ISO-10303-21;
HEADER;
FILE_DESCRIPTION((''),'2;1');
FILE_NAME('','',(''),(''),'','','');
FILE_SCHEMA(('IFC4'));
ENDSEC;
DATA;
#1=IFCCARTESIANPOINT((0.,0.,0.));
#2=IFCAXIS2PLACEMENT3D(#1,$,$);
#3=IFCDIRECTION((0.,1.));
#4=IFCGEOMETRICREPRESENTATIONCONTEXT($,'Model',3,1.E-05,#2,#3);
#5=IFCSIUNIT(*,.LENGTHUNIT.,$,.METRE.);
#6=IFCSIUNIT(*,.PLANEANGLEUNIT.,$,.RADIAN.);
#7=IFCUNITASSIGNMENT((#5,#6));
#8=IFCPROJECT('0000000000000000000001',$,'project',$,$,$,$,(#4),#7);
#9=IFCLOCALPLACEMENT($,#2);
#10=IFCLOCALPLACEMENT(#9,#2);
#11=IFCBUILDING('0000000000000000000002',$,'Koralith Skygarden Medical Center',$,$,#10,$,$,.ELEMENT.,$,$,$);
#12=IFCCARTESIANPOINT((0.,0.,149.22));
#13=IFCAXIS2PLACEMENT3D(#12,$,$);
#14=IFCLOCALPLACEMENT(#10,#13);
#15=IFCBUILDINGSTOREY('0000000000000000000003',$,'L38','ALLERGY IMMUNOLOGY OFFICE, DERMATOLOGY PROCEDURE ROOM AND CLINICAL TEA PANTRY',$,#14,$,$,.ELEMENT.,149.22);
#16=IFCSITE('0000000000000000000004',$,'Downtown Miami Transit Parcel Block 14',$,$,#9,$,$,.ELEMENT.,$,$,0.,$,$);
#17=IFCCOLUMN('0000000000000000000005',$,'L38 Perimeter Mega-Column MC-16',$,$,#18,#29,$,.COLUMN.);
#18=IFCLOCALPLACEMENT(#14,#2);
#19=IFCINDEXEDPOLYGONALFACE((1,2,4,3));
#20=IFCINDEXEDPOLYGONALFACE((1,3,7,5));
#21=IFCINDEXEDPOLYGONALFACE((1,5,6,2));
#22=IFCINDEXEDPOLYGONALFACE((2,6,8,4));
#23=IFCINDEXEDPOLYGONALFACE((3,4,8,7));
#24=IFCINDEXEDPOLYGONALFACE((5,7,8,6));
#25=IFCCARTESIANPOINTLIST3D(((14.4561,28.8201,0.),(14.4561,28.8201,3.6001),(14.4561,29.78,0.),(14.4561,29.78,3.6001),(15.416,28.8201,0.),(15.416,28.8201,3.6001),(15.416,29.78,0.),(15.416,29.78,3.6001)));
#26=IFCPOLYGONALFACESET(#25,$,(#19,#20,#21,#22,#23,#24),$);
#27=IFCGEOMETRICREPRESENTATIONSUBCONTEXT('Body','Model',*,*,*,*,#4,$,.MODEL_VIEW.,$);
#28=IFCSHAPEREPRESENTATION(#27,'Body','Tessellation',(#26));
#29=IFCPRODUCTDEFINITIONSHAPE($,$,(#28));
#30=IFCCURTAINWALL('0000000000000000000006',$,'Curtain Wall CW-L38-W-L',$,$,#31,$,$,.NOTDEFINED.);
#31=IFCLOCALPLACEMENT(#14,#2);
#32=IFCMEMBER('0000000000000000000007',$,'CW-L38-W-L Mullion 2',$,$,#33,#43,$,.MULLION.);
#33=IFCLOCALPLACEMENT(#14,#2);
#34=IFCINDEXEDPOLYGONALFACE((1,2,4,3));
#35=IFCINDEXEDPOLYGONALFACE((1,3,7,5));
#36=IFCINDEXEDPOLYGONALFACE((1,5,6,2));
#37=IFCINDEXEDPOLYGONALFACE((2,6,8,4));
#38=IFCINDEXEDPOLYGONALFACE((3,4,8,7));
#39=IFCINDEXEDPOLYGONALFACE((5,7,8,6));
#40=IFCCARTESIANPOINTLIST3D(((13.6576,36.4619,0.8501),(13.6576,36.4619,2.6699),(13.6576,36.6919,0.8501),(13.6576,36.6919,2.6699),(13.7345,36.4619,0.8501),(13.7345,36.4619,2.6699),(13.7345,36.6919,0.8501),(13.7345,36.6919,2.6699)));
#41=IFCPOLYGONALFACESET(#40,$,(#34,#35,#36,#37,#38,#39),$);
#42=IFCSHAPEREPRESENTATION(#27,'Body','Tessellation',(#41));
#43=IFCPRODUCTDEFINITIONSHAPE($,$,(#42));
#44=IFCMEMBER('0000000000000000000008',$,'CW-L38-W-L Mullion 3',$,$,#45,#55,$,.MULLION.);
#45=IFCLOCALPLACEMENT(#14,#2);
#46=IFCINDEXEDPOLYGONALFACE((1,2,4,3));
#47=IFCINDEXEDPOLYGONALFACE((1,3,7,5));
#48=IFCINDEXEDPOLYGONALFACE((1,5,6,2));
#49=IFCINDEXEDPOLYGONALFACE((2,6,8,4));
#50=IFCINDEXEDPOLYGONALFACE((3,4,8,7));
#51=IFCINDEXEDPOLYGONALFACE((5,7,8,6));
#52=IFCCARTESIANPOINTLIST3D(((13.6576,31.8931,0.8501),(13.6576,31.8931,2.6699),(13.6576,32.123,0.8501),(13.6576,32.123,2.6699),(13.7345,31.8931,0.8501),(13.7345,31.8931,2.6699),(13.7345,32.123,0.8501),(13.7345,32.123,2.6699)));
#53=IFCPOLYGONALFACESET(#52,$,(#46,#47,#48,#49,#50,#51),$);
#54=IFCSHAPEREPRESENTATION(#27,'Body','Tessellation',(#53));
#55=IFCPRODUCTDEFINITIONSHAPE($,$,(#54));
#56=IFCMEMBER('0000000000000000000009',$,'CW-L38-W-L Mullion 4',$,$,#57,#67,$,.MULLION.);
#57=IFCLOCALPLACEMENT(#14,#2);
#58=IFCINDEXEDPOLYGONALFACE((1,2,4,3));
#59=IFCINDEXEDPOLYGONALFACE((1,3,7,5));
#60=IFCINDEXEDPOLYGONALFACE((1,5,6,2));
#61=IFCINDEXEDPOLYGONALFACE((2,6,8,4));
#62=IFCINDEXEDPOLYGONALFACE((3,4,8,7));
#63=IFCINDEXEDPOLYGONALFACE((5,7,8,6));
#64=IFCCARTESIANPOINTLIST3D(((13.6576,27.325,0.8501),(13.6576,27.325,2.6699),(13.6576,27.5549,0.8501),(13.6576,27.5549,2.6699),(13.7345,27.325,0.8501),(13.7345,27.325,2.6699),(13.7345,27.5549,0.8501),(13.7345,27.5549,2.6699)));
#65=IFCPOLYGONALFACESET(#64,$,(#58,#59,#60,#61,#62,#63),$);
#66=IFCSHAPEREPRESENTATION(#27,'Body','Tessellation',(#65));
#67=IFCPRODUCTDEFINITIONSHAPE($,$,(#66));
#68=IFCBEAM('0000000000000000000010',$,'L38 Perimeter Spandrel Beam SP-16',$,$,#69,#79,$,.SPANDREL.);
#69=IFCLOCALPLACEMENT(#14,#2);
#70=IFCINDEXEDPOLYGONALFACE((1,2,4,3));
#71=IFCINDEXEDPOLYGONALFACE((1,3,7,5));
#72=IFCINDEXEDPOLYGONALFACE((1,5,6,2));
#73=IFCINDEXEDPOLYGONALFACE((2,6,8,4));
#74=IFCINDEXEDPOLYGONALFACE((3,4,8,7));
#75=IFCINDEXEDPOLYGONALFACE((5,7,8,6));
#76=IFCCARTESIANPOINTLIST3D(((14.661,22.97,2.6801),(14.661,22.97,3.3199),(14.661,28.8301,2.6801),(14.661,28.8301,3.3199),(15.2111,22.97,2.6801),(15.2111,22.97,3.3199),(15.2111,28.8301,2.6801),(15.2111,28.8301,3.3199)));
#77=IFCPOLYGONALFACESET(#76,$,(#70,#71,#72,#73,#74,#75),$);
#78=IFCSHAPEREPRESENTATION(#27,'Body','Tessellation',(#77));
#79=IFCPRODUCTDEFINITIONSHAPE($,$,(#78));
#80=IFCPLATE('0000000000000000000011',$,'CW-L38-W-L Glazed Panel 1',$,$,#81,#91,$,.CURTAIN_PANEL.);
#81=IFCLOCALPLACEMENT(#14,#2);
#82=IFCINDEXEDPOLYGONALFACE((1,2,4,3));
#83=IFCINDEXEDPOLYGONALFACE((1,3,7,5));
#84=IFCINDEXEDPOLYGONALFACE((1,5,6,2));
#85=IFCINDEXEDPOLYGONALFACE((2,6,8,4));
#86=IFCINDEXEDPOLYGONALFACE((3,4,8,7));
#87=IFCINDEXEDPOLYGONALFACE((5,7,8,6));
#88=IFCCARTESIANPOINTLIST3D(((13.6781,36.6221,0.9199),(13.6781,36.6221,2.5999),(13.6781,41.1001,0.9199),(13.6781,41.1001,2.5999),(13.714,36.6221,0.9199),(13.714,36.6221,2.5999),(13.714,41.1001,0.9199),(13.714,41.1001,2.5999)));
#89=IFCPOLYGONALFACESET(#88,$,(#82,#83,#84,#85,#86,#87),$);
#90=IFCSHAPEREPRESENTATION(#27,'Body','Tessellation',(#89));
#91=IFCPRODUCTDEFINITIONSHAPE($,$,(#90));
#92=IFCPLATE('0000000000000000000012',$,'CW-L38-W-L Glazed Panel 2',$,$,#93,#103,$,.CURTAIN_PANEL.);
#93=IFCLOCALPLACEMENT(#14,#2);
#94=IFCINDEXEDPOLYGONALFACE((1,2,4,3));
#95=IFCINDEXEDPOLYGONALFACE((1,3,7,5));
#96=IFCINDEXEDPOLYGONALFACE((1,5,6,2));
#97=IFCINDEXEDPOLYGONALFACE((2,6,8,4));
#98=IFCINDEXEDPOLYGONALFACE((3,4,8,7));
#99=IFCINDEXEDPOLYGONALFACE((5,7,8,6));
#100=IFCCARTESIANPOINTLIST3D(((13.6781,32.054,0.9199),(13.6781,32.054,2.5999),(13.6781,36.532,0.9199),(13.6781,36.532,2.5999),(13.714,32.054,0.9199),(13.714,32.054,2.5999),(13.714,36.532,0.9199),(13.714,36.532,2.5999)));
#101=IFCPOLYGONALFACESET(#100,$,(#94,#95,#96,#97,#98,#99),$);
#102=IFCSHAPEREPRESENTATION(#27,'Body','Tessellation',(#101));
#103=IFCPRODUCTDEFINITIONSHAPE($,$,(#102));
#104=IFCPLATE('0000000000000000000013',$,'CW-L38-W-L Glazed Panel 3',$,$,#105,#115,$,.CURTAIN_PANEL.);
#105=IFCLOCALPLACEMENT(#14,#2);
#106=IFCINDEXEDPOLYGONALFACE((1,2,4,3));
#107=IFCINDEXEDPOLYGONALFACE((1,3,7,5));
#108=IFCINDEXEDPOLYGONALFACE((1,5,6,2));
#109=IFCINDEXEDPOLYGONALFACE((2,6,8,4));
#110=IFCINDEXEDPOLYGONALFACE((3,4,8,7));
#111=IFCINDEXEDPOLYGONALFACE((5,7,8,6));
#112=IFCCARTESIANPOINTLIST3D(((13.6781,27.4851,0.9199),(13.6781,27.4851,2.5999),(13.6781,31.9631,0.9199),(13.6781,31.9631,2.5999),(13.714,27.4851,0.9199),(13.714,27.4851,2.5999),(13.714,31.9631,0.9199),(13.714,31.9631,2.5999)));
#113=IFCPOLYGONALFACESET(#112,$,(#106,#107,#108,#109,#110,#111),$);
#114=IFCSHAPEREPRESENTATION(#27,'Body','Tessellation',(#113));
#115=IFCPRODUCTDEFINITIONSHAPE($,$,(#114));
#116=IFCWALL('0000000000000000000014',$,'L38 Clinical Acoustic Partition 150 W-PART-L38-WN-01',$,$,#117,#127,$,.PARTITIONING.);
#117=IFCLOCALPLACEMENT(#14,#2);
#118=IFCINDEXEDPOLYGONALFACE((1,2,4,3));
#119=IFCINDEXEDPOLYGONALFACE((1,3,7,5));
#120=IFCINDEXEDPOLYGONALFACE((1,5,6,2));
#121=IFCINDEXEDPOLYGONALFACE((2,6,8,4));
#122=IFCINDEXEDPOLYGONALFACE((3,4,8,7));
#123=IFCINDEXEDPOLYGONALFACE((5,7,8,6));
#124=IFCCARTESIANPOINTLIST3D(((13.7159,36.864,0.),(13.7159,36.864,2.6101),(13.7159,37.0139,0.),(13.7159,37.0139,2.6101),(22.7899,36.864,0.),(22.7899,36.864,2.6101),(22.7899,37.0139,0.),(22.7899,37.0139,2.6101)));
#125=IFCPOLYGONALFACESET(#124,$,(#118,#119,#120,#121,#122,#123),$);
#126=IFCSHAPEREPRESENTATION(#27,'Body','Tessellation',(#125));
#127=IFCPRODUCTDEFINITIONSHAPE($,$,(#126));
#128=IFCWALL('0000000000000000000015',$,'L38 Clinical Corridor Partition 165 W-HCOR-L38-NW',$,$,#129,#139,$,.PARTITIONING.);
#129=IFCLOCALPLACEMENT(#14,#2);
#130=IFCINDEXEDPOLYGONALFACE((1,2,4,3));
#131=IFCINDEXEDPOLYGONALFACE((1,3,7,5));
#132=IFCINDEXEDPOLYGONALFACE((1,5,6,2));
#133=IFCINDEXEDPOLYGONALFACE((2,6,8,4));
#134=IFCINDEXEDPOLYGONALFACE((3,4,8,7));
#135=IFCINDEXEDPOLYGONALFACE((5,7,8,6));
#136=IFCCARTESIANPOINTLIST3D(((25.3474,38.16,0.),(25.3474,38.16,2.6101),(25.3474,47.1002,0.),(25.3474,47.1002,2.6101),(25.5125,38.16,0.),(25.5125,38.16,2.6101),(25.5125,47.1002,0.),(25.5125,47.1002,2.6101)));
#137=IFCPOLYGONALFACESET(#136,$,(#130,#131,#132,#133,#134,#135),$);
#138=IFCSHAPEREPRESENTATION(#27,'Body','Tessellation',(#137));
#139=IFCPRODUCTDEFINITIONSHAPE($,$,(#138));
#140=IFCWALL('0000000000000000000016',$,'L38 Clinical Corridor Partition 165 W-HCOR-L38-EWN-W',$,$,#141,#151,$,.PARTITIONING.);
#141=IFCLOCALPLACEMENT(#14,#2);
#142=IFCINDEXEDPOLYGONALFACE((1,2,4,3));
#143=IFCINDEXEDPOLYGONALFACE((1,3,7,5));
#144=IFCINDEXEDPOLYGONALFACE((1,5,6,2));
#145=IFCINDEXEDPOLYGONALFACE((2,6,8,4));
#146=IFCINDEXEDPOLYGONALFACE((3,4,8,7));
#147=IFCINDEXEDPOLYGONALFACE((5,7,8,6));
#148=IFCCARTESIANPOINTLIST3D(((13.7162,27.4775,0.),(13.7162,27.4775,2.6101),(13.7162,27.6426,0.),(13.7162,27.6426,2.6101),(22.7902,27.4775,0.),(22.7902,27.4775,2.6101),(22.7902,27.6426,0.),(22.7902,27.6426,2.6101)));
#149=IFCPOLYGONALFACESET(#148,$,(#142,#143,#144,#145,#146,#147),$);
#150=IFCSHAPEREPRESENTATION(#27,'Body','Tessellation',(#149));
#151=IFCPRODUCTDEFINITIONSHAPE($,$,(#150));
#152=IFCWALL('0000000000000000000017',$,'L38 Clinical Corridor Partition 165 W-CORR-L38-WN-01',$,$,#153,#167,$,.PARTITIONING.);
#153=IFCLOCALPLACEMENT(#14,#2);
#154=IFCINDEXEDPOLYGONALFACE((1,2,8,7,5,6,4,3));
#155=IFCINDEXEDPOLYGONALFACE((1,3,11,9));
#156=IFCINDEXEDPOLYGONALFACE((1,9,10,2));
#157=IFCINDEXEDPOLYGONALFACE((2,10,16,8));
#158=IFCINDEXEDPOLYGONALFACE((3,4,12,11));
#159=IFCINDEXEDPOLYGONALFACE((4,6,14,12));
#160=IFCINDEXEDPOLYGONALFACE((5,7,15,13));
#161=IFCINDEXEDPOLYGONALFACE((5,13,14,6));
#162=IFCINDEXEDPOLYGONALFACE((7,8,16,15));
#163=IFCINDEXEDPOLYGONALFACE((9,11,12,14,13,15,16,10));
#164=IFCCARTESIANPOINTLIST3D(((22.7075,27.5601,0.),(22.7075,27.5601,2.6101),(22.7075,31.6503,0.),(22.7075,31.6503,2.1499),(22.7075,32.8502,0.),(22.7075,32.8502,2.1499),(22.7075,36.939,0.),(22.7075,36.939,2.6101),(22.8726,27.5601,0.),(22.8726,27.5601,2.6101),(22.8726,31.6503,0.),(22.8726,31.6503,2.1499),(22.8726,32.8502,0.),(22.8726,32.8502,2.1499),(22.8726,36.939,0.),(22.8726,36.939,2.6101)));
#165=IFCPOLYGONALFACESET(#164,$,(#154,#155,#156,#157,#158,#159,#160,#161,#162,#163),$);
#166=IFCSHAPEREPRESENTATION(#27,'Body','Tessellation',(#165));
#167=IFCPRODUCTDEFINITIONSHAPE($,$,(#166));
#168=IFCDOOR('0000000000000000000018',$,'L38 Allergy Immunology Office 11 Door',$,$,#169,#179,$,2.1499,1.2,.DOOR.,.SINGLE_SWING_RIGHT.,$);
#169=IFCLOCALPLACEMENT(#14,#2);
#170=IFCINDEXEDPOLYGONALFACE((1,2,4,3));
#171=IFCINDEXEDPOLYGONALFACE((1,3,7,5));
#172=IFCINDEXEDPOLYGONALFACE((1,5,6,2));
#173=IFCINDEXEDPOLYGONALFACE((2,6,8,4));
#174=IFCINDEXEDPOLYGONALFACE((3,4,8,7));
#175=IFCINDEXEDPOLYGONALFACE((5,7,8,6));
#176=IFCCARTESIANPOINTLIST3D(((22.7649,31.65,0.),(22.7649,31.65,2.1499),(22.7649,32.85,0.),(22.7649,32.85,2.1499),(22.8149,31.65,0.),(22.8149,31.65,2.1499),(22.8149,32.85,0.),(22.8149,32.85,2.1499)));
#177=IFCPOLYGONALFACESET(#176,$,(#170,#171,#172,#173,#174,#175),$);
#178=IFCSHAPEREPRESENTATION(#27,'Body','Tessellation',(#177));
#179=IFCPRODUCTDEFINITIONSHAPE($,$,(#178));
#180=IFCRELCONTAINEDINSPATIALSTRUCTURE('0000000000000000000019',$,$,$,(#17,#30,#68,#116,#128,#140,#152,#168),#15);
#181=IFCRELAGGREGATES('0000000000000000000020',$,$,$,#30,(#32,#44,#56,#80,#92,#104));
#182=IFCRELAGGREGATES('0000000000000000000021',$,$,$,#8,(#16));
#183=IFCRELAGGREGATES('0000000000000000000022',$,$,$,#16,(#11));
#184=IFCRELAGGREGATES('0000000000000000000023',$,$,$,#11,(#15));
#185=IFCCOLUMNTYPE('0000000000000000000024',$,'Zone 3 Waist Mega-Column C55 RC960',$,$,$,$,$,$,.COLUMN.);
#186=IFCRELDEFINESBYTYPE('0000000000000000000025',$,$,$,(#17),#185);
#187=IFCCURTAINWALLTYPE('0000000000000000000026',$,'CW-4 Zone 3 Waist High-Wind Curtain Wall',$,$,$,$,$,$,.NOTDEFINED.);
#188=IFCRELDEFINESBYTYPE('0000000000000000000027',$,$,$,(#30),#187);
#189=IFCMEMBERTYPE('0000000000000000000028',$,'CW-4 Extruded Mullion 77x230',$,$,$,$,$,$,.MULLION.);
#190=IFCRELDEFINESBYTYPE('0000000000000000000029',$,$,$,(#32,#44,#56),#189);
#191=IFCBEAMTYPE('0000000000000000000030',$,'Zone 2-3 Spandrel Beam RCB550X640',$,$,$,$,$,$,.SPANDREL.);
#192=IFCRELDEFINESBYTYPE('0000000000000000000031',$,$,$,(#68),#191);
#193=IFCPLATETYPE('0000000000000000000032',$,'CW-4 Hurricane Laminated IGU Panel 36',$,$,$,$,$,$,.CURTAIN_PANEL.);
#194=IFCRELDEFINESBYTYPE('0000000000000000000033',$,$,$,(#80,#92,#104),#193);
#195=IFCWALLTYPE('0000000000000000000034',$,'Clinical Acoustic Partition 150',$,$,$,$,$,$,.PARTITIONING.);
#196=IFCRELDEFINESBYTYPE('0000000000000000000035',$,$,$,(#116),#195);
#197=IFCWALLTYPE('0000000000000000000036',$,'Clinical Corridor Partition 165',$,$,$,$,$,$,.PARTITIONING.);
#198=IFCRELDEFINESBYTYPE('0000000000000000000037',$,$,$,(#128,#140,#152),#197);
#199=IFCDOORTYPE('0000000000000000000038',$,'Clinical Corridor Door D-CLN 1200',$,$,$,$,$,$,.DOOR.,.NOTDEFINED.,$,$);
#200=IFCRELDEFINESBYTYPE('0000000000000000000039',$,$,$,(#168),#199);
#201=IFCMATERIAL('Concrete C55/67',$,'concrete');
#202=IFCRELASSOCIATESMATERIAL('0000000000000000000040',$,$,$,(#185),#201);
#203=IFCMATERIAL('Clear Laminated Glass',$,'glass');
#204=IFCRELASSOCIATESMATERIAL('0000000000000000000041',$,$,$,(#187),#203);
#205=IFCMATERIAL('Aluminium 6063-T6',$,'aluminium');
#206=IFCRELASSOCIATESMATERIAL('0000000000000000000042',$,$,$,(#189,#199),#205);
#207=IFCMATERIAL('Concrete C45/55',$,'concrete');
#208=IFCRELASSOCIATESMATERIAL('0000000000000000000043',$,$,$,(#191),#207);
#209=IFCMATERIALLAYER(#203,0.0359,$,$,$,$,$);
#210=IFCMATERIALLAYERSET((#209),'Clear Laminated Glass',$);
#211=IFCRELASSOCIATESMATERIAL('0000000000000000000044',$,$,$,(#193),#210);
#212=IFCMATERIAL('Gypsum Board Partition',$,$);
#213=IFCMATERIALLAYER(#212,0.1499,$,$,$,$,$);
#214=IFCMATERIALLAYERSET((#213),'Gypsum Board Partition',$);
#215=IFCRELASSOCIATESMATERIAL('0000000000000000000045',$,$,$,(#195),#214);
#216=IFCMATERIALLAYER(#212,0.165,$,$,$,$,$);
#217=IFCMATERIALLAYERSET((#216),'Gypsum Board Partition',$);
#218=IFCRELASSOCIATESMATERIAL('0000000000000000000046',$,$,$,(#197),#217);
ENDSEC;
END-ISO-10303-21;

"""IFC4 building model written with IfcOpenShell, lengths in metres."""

from ifc_helpers import new_model, si_unit, direction, frame, frame_2d, origin, origin_2d, place, context, subcontext, project, spatial, rectangle, extrude, material, layer, layer_set, material_profile, profile_set, type_object, element, fill, aggregate, save


model = new_model("IFC4")

# Units and contexts
model_context = context("Model", 3, precision=1e-05, world=origin(), true_north=direction((0.0, 1.0)))
body_context = subcontext(model_context, "Body", "Model", "MODEL_VIEW")
ifc_project = project(units=[si_unit("LENGTHUNIT", "METRE"), si_unit("PLANEANGLEUNIT", "RADIAN")], contexts=[model_context])

# Site, building, storey
site_placement = place(None, origin())
site = spatial("IfcSite", under=ifc_project, at=site_placement, Name="Downtown Miami Transit Parcel Block 14", CompositionType="ELEMENT", RefElevation=0.0)
building_placement = place(site_placement, origin())
building = spatial("IfcBuilding", under=site, at=building_placement, Name="Koralith Skygarden Medical Center", CompositionType="ELEMENT")
storey_placement = place(building_placement, frame((0.0, 0.0, 149.22)))
storey = spatial("IfcBuildingStorey", under=building, at=storey_placement, Name="L38", Description="ALLERGY IMMUNOLOGY OFFICE, DERMATOLOGY PROCEDURE ROOM AND CLINICAL TEA PANTRY", CompositionType="ELEMENT", Elevation=149.22)

# Column
ifc_material_1 = material(Name="Concrete C55/67", Category="concrete")
ifc_material_profile_1 = material_profile(ifc_material_1, rectangle(XDim=0.96, YDim=0.96, at=origin_2d()), Name="RC960X960")
ifc_profile_set_1 = profile_set([ifc_material_profile_1], Name="Concrete C55/67")
column_type = type_object("IfcColumnType", Name="Zone 3 Waist Mega-Column C55 RC960", PredefinedType="COLUMN", material=ifc_profile_set_1)
column_placement = place(storey_placement, frame((14.936, 29.3, 0.0), z_axis=(0.0, 0.0, 1.0), x_axis=(1.0, 0.0, 0.0)))
element("IfcColumn", 1, at=column_placement, inside=storey, type_object=column_type, Name="L38 Perimeter Mega-Column MC-16", PredefinedType="COLUMN", context=body_context, shape_type="SweptSolid", body=[
    extrude(rectangle(XDim=0.96, YDim=0.96, at=origin_2d()), origin(), (0.0, 0.0, 1.0), 3.6001),
])

# Curtain wall, members
ifc_material_2 = material(Name="Clear Laminated Glass", Category="glass")
curtain_wall_type = type_object("IfcCurtainWallType", Name="CW-4 Zone 3 Waist High-Wind Curtain Wall", PredefinedType="NOTDEFINED", material=ifc_material_2)
curtain_wall_placement = place(storey_placement, origin())
curtain_wall = element("IfcCurtainWall", 2, at=curtain_wall_placement, inside=storey, type_object=curtain_wall_type, Name="Curtain Wall CW-L38-W-L", PredefinedType="NOTDEFINED")
ifc_material_3 = material(Name="Aluminium 6063-T6", Category="aluminium")
ifc_material_profile_2 = material_profile(ifc_material_3, rectangle(XDim=0.0769, YDim=0.23, at=origin_2d()), Name="MUL77X230")
ifc_profile_set_2 = profile_set([ifc_material_profile_2], Name="Aluminium 6063-T6")
member_type = type_object("IfcMemberType", Name="CW-4 Extruded Mullion 77x230", PredefinedType="MULLION", material=ifc_profile_set_2)
member_1_placement = place(storey_placement, frame((13.696, 36.5769, 0.8501), z_axis=(0.0, 0.0, 1.0), x_axis=(1.0, 0.0, 0.0)))
member_1 = element("IfcMember", 3, at=member_1_placement, type_object=member_type, Name="CW-L38-W-L Mullion 2", PredefinedType="MULLION", context=body_context, shape_type="SweptSolid", body=[
    extrude(rectangle(XDim=0.0769, YDim=0.23, at=origin_2d()), origin(), (0.0, 0.0, 1.0), 1.8198),
])
member_2_placement = place(storey_placement, frame((13.696, 32.0081, 0.8501), z_axis=(0.0, 0.0, 1.0), x_axis=(1.0, 0.0, 0.0)))
member_2 = element("IfcMember", 4, at=member_2_placement, type_object=member_type, Name="CW-L38-W-L Mullion 3", PredefinedType="MULLION", context=body_context, shape_type="SweptSolid", body=[
    extrude(rectangle(XDim=0.0769, YDim=0.23, at=origin_2d()), origin(), (0.0, 0.0, 1.0), 1.8198),
])
member_3_placement = place(storey_placement, frame((13.696, 27.4399, 0.8501), z_axis=(0.0, 0.0, 1.0), x_axis=(1.0, 0.0, 0.0)))
member_3 = element("IfcMember", 5, at=member_3_placement, type_object=member_type, Name="CW-L38-W-L Mullion 4", PredefinedType="MULLION", context=body_context, shape_type="SweptSolid", body=[
    extrude(rectangle(XDim=0.0769, YDim=0.23, at=origin_2d()), origin(), (0.0, 0.0, 1.0), 1.8198),
])

# Beam
ifc_material_4 = material(Name="Concrete C45/55", Category="concrete")
ifc_material_profile_3 = material_profile(ifc_material_4, rectangle(XDim=0.55, YDim=0.6399, at=origin_2d()), Name="RCB550X640")
ifc_profile_set_3 = profile_set([ifc_material_profile_3], Name="Concrete C45/55")
beam_type = type_object("IfcBeamType", Name="Zone 2-3 Spandrel Beam RCB550X640", PredefinedType="SPANDREL", material=ifc_profile_set_3)
beam_placement = place(storey_placement, frame((14.936, 28.8301, 3.0), z_axis=(0.0, -1.0, 0.0), x_axis=(1.0, 0.0, 0.0)))
element("IfcBeam", 6, at=beam_placement, inside=storey, type_object=beam_type, Name="L38 Perimeter Spandrel Beam SP-16", PredefinedType="SPANDREL", context=body_context, shape_type="SweptSolid", body=[
    extrude(rectangle(XDim=0.55, YDim=0.6399, at=origin_2d()), origin(), (0.0, 0.0, 1.0), 5.8601),
])

# Plates
ifc_layer_1 = layer(ifc_material_2, 0.0359)
ifc_layer_set_1 = layer_set([ifc_layer_1], Name="Clear Laminated Glass")
plate_type = type_object("IfcPlateType", Name="CW-4 Hurricane Laminated IGU Panel 36", PredefinedType="CURTAIN_PANEL", material=ifc_layer_set_1)
plate_1_placement = place(storey_placement, frame((13.696, 38.8611, 0.9199), z_axis=(0.0, 0.0, 1.0), x_axis=(0.0, -1.0, 0.0)))
plate_1 = element("IfcPlate", 7, at=plate_1_placement, type_object=plate_type, Name="CW-L38-W-L Glazed Panel 1", PredefinedType="CURTAIN_PANEL", context=body_context, shape_type="SweptSolid", body=[
    extrude(rectangle(XDim=4.478, YDim=0.0359, at=origin_2d()), origin(), (0.0, 0.0, 1.0), 1.6799),
])
plate_2_placement = place(storey_placement, frame((13.696, 34.293, 0.9199), z_axis=(0.0, 0.0, 1.0), x_axis=(0.0, -1.0, 0.0)))
plate_2 = element("IfcPlate", 8, at=plate_2_placement, type_object=plate_type, Name="CW-L38-W-L Glazed Panel 2", PredefinedType="CURTAIN_PANEL", context=body_context, shape_type="SweptSolid", body=[
    extrude(rectangle(XDim=4.478, YDim=0.0359, at=origin_2d()), origin(), (0.0, 0.0, 1.0), 1.6799),
])
plate_3_placement = place(storey_placement, frame((13.696, 29.7241, 0.9199), z_axis=(0.0, 0.0, 1.0), x_axis=(0.0, -1.0, 0.0)))
plate_3 = element("IfcPlate", 9, at=plate_3_placement, type_object=plate_type, Name="CW-L38-W-L Glazed Panel 3", PredefinedType="CURTAIN_PANEL", context=body_context, shape_type="SweptSolid", body=[
    extrude(rectangle(XDim=4.478, YDim=0.0359, at=origin_2d()), origin(), (0.0, 0.0, 1.0), 1.6799),
])
aggregate(curtain_wall, [member_1, member_2, member_3, plate_1, plate_2, plate_3])

# Walls
ifc_material_5 = material(Name="Gypsum Board Partition")
ifc_layer_2 = layer(ifc_material_5, 0.1499)
ifc_layer_set_2 = layer_set([ifc_layer_2], Name="Gypsum Board Partition")
wall_type_1 = type_object("IfcWallType", Name="Clinical Acoustic Partition 150", PredefinedType="PARTITIONING", material=ifc_layer_set_2)
wall_1_placement = place(storey_placement, frame((22.79, 36.939, 0.0), z_axis=(0.0, 0.0, 1.0), x_axis=(-1.0, 0.0, 0.0)))
element("IfcWall", 10, at=wall_1_placement, inside=storey, type_object=wall_type_1, Name="L38 Clinical Acoustic Partition 150 W-PART-L38-WN-01", PredefinedType="PARTITIONING", context=body_context, shape_type="SweptSolid", body=[
    extrude(rectangle(XDim=9.074, YDim=0.1499, at=frame_2d((4.5371, 0.0))), origin(), (0.0, 0.0, 1.0), 2.6101),
])
ifc_layer_3 = layer(ifc_material_5, 0.165)
ifc_layer_set_3 = layer_set([ifc_layer_3], Name="Gypsum Board Partition")
wall_type_2 = type_object("IfcWallType", Name="Clinical Corridor Partition 165", PredefinedType="PARTITIONING", material=ifc_layer_set_3)
wall_2_placement = place(storey_placement, frame((25.4299, 38.1599, 0.0), z_axis=(0.0, 0.0, 1.0), x_axis=(0.0, 1.0, 0.0)))
element("IfcWall", 11, at=wall_2_placement, inside=storey, type_object=wall_type_2, Name="L38 Clinical Corridor Partition 165 W-HCOR-L38-NW", PredefinedType="PARTITIONING", context=body_context, shape_type="SweptSolid", body=[
    extrude(rectangle(XDim=8.9402, YDim=0.165, at=frame_2d((4.4702, 0.0))), origin(), (0.0, 0.0, 1.0), 2.6101),
])
wall_3_placement = place(storey_placement, frame((13.7161, 27.5601, 0.0), z_axis=(0.0, 0.0, 1.0), x_axis=(1.0, 0.0, 0.0)))
element("IfcWall", 12, at=wall_3_placement, inside=storey, type_object=wall_type_2, Name="L38 Clinical Corridor Partition 165 W-HCOR-L38-EWN-W", PredefinedType="PARTITIONING", context=body_context, shape_type="SweptSolid", body=[
    extrude(rectangle(XDim=9.074, YDim=0.165, at=frame_2d((4.5371, 0.0))), origin(), (0.0, 0.0, 1.0), 2.6101),
])

# Wall, opening, door
door_type_1 = type_object("IfcDoorType", Name="Clinical Corridor Door D-CLN 1200", OperationType="NOTDEFINED", PredefinedType="DOOR", material=ifc_material_3)
wall_4_placement = place(storey_placement, frame((22.79, 27.5601, 0.0), z_axis=(0.0, 0.0, 1.0), x_axis=(0.0, 1.0, 0.0)))
wall_4 = element("IfcWall", 13, at=wall_4_placement, inside=storey, type_object=wall_type_2, Name="L38 Clinical Corridor Partition 165 W-CORR-L38-WN-01", PredefinedType="PARTITIONING", context=body_context, shape_type="SweptSolid", body=[
    extrude(rectangle(XDim=9.3789, YDim=0.165, at=frame_2d((4.6895, 0.0))), origin(), (0.0, 0.0, 1.0), 2.6101),
])
opening_1_placement = place(wall_4_placement, frame((4.0901, 0.0, 0.0)))
opening_1 = element("IfcOpeningElement", 14, at=opening_1_placement, cuts=wall_4, PredefinedType="OPENING", context=body_context, shape_type="SweptSolid", body=[
    extrude(rectangle(XDim=1.2, YDim=2.1499, at=frame_2d((0.6001, 1.075))), frame((0.0, 0.0925, 0.0), z_axis=(0.0, -1.0, 0.0), x_axis=(1.0, 0.0, 0.0)), (0.0, 0.0, 1.0), 0.1851),
])
door_1_placement = place(opening_1_placement, frame((1.2, 0.0, 0.0), z_axis=(0.0, 0.0, 1.0), x_axis=(-1.0, 0.0, 0.0)))
door_1 = element("IfcDoor", 15, at=door_1_placement, inside=storey, type_object=door_type_1, Name="L38 Allergy Immunology Office 11 Door", OperationType="SINGLE_SWING_RIGHT", OverallHeight=2.1499, OverallWidth=1.2, PredefinedType="DOOR", context=body_context, shape_type="SweptSolid", body=[
    extrude(rectangle(XDim=1.2, YDim=2.1499, at=frame_2d((0.6001, 1.075))), frame((0.0, 0.0249, 0.0), z_axis=(0.0, -1.0, 0.0), x_axis=(1.0, 0.0, 0.0)), (0.0, 0.0, 1.0), 0.05),
])
fill(opening_1, door_1)

save(model, "model.ifc")
